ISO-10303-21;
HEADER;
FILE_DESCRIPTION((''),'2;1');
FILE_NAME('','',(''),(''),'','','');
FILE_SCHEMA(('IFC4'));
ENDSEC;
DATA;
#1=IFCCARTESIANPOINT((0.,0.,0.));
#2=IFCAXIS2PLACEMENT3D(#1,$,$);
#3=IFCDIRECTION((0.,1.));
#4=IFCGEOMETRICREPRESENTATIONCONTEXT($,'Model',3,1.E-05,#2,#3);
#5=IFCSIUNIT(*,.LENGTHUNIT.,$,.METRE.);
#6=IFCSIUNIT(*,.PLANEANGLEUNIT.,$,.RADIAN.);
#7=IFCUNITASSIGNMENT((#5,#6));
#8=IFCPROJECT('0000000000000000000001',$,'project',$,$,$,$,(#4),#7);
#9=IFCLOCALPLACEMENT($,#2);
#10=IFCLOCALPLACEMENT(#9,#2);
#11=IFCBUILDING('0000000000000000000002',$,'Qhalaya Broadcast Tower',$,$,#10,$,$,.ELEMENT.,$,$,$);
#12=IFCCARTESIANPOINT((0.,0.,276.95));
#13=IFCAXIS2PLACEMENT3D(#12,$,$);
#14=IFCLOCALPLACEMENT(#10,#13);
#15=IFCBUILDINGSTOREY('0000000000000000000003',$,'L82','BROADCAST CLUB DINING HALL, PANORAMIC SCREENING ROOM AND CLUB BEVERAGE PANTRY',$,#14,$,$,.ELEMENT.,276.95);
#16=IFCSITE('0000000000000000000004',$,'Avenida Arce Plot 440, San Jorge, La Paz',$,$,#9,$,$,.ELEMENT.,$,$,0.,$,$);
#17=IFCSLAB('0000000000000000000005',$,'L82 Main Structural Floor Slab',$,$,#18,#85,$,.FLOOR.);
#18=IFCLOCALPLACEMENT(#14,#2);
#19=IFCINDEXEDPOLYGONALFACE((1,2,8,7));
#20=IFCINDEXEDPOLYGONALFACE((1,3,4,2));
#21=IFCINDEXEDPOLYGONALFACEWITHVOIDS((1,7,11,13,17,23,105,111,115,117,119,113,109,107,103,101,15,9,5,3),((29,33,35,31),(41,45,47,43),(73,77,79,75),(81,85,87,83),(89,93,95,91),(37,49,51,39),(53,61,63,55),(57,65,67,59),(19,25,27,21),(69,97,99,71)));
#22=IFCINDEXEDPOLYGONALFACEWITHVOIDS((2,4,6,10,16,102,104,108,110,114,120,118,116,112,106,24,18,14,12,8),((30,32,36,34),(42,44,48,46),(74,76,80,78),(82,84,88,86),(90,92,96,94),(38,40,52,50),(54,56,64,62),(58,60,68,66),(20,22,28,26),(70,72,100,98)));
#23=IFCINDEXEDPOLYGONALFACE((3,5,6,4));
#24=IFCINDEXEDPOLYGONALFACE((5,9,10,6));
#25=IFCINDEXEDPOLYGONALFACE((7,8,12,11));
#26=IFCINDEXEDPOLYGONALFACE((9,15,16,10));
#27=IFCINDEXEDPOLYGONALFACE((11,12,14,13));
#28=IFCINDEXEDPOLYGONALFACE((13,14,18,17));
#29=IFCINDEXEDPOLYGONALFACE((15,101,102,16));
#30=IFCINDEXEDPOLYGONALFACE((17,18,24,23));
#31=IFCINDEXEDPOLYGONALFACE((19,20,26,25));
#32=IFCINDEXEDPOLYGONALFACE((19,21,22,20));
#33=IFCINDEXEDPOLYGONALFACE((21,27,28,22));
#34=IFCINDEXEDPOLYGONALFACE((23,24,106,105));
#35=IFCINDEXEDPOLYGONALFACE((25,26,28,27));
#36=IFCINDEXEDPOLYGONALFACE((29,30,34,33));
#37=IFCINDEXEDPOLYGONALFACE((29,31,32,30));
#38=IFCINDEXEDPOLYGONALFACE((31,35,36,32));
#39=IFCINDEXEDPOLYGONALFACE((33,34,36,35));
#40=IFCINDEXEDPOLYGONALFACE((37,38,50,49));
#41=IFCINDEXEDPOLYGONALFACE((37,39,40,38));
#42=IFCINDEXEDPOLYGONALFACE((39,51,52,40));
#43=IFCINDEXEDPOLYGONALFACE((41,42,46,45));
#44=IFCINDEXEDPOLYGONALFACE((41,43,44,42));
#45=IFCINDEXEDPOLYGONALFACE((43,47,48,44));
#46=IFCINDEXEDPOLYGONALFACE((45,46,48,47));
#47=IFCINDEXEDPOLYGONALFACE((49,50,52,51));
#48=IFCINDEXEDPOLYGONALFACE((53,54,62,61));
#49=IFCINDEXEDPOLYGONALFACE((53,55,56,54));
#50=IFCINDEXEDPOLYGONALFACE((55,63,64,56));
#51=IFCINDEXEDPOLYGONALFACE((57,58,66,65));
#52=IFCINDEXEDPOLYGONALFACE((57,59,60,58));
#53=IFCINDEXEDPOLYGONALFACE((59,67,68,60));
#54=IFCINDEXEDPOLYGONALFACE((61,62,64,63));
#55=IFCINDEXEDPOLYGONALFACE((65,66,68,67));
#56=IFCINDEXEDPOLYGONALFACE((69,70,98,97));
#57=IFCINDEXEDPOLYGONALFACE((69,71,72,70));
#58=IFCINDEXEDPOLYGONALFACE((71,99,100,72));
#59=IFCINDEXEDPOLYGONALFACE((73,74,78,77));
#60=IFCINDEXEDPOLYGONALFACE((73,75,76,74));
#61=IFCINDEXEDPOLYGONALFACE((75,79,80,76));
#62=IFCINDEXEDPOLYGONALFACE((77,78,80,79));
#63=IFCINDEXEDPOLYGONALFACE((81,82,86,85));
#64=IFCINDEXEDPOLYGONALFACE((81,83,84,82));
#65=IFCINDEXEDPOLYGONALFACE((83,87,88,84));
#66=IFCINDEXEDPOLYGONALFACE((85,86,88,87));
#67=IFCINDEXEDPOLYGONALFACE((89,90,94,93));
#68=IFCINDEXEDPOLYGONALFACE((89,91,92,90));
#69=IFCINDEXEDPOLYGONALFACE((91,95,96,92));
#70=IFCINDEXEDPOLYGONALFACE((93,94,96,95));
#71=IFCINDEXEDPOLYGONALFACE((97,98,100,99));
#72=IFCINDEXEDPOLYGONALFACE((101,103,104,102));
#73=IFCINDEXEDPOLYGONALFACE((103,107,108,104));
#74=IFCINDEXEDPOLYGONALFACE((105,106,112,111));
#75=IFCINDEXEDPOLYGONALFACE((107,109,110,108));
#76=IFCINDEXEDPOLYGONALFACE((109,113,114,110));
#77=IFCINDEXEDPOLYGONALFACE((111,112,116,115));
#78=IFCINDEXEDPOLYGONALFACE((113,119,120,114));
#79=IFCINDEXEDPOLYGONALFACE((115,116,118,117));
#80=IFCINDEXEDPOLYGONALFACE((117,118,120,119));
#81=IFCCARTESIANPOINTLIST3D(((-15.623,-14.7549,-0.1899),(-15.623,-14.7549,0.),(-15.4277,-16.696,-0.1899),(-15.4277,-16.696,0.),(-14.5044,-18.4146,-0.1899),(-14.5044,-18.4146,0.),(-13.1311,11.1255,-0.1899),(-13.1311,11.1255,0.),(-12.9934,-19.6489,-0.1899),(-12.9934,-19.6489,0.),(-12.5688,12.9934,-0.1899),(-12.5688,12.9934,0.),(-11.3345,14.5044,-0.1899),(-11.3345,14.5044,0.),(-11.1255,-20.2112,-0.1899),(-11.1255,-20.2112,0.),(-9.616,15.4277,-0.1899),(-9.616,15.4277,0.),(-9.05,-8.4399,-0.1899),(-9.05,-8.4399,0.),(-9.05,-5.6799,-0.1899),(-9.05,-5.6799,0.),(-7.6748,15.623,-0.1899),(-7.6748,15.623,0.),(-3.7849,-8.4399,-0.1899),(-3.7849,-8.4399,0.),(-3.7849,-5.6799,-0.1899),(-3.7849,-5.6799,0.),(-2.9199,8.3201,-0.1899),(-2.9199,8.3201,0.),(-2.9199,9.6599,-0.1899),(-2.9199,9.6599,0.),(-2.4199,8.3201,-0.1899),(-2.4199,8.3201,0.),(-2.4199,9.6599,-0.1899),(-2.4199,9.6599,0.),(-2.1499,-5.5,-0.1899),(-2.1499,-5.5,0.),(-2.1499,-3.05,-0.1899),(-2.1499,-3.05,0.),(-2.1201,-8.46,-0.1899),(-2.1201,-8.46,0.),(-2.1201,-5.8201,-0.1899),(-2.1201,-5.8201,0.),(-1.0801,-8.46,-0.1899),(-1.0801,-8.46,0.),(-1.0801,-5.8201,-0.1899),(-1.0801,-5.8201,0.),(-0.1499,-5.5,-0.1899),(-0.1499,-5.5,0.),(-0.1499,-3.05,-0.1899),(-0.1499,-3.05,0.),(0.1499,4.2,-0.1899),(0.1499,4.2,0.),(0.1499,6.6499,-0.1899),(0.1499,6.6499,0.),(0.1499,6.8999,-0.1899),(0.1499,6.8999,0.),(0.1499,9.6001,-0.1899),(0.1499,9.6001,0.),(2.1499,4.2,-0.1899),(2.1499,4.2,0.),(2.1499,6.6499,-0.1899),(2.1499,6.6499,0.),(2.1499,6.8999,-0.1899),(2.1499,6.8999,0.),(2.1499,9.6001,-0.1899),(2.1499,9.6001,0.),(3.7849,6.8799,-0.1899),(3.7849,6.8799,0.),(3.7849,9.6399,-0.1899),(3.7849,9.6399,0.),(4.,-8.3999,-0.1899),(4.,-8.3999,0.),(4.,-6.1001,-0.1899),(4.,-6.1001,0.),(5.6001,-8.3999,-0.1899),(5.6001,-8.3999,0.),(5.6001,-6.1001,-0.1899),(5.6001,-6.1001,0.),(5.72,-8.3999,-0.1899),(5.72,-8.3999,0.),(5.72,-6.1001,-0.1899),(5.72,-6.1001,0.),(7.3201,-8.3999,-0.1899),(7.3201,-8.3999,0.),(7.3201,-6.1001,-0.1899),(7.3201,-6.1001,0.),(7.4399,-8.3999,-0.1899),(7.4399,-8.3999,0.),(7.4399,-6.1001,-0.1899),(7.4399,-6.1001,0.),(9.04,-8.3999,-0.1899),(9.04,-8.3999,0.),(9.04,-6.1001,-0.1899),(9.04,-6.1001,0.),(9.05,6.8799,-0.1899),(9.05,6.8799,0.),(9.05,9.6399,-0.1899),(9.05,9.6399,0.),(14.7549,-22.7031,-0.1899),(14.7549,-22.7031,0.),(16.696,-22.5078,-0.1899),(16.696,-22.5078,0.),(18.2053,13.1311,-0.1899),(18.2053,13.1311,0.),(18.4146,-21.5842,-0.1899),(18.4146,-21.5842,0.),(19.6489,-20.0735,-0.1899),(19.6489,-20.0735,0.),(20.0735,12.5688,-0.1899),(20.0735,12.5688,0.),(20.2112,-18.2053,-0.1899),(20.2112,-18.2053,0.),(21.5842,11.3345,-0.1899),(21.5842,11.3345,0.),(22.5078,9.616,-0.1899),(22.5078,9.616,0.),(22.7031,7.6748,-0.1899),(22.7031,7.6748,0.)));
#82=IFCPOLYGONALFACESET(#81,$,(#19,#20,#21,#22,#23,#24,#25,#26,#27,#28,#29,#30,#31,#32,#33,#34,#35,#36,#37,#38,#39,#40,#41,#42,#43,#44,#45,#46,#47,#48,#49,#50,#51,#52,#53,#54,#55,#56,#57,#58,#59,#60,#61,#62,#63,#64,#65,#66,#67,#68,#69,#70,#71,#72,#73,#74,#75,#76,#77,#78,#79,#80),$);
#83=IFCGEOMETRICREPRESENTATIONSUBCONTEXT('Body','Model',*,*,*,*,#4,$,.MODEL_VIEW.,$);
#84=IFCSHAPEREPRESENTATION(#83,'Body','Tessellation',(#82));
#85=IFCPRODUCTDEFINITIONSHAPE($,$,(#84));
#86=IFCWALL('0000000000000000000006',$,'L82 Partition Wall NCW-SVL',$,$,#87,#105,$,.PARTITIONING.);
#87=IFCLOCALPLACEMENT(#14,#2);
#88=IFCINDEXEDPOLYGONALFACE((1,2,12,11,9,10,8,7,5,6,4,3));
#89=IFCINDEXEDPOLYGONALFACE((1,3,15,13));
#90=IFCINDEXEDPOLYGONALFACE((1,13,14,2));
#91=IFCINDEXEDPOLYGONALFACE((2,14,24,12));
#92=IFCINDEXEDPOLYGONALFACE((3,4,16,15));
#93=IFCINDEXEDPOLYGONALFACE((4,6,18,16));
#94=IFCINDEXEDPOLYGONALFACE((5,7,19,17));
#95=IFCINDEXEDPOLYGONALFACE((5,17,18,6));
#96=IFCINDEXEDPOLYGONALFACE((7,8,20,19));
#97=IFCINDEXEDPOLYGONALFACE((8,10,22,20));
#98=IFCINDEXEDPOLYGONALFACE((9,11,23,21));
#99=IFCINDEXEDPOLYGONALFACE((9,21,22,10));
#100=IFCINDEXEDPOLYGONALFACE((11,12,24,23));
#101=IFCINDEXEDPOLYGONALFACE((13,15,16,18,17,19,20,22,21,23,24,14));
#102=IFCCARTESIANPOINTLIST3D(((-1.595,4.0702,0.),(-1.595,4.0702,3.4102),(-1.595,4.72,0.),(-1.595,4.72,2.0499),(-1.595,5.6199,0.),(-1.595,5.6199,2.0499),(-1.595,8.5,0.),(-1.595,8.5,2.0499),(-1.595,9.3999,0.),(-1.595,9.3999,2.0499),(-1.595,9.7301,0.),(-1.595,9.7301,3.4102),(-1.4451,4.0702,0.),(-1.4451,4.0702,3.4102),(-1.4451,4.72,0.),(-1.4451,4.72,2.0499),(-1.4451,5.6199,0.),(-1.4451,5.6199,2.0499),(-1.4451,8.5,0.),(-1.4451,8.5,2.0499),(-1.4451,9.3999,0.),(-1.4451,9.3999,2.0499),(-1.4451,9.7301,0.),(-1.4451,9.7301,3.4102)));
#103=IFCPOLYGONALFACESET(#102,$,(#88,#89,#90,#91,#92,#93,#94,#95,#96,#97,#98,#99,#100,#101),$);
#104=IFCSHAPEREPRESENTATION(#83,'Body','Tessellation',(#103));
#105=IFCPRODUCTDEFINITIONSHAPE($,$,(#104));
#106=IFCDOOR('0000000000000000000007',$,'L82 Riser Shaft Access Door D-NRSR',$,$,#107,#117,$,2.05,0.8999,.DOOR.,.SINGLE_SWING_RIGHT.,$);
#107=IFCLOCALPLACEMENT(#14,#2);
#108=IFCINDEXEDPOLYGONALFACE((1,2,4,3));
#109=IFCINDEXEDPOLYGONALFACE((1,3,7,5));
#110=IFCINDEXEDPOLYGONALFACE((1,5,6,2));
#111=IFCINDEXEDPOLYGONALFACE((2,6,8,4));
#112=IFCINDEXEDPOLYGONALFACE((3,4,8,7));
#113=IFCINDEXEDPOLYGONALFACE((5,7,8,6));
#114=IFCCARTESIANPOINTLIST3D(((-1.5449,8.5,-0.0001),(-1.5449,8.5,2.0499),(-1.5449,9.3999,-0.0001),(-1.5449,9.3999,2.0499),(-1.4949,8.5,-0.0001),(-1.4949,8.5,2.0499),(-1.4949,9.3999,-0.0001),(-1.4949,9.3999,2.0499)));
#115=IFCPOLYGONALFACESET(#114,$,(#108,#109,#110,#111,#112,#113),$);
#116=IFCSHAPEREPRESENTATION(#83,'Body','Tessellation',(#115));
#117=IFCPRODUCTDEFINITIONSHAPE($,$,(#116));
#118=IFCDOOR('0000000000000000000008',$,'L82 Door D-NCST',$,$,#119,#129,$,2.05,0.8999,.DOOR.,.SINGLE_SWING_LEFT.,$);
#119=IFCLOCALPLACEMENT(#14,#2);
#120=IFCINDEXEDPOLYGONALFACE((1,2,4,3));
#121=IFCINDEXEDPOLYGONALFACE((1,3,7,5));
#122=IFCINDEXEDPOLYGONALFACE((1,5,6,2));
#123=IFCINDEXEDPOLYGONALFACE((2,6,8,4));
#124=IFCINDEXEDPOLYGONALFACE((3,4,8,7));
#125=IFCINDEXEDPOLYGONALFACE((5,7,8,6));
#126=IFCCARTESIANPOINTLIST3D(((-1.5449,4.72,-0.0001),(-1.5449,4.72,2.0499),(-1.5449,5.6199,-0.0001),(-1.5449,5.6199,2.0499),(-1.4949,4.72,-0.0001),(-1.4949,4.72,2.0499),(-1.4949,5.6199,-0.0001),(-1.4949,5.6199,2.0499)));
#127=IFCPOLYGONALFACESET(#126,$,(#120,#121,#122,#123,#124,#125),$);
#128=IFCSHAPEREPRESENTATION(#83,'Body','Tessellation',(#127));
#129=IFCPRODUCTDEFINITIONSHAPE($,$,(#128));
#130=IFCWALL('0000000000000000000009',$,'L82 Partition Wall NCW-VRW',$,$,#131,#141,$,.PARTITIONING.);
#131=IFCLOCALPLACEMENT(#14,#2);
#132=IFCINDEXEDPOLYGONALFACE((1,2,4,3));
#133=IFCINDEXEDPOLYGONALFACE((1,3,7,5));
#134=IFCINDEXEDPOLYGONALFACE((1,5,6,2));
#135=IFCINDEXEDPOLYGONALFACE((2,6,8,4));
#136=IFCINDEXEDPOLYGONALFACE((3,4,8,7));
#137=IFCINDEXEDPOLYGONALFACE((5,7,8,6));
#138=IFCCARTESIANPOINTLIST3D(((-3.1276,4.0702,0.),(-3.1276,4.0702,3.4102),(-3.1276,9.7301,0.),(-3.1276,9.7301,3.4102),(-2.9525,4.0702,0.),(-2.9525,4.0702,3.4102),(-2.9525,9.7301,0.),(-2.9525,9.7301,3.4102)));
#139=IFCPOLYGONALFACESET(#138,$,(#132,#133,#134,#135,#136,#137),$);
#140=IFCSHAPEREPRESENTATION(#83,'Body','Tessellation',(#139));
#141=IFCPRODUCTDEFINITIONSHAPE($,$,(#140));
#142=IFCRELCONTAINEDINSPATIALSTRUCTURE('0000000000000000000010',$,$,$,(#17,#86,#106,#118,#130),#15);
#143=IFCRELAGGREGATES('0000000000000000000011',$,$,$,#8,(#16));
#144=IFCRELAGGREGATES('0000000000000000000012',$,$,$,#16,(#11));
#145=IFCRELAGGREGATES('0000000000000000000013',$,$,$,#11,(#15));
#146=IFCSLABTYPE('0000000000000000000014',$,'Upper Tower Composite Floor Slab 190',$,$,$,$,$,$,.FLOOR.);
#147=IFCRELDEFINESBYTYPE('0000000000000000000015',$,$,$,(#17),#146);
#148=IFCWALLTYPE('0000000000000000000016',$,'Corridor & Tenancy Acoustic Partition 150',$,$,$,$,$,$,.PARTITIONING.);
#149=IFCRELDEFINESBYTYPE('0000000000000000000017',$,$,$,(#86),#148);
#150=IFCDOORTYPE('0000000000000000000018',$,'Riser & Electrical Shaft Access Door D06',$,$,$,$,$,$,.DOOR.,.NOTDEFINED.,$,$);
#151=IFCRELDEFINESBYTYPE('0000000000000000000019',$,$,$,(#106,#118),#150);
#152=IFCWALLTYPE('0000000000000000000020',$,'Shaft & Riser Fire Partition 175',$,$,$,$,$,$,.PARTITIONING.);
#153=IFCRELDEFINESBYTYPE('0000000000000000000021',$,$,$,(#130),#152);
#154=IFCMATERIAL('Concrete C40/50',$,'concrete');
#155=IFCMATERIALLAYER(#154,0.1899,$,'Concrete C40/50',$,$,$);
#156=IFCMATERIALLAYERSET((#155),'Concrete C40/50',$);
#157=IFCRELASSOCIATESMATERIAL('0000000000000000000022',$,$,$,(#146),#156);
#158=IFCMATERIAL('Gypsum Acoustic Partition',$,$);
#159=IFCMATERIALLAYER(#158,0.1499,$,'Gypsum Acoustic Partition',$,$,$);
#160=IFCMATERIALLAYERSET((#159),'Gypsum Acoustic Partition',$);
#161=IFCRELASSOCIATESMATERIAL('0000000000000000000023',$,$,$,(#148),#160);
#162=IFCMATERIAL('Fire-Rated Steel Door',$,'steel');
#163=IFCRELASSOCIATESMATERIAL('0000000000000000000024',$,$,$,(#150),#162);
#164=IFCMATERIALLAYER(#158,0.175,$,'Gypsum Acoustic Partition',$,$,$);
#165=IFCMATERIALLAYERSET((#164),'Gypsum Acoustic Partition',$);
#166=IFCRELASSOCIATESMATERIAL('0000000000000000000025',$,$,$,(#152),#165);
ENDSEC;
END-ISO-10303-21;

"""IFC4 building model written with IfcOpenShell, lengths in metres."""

from ifc_helpers import new_model, si_unit, direction, frame, frame_2d, origin, place, context, subcontext, project, spatial, polyline, rectangle, outline, extrude, material, layer, layer_set, type_object, element, fill, save


model = new_model("IFC4")

# Units and contexts
model_context = context("Model", 3, precision=1e-05, world=origin(), true_north=direction((0.0, 1.0)))
body_context = subcontext(model_context, "Body", "Model", "MODEL_VIEW")
ifc_project = project(units=[si_unit("LENGTHUNIT", "METRE"), si_unit("PLANEANGLEUNIT", "RADIAN")], contexts=[model_context])

# Site, building, storey
site_placement = place(None, origin())
site = spatial("IfcSite", under=ifc_project, at=site_placement, Name="Avenida Arce Plot 440, San Jorge, La Paz", CompositionType="ELEMENT", RefElevation=0.0)
building_placement = place(site_placement, origin())
building = spatial("IfcBuilding", under=site, at=building_placement, Name="Qhalaya Broadcast Tower", CompositionType="ELEMENT")
storey_placement = place(building_placement, frame((0.0, 0.0, 276.95)))
storey = spatial("IfcBuildingStorey", under=building, at=storey_placement, Name="L82", Description="BROADCAST CLUB DINING HALL, PANORAMIC SCREENING ROOM AND CLUB BEVERAGE PANTRY", CompositionType="ELEMENT", Elevation=276.95)

# Shared definitions
ifc_material_1 = material(Name="Concrete C40/50", Category="concrete")

# Slab
ifc_layer_1 = layer(ifc_material_1, 0.1899, Name="Concrete C40/50")
ifc_layer_set_1 = layer_set([ifc_layer_1], Name="Concrete C40/50")
slab_type_1 = type_object("IfcSlabType", Name="Upper Tower Composite Floor Slab 190", PredefinedType="FLOOR", material=ifc_layer_set_1)
slab_1_placement = place(storey_placement, frame((0.0, 0.0, -0.1899)))
element("IfcSlab", 1, at=slab_1_placement, inside=storey, type_object=slab_type_1, Name="L82 Main Structural Floor Slab", PredefinedType="FLOOR", context=body_context, shape_type="SweptSolid", body=[
    extrude(outline(polyline([(14.7549, -22.7031), (16.696, -22.5078), (18.4146, -21.5842), (19.6489, -20.0735), (20.2112, -18.2053), (22.7031, 7.6748), (22.5078, 9.616), (21.5842, 11.3345), (20.0735, 12.5688), (18.2053, 13.1311), (-7.6748, 15.623), (-9.616, 15.4277), (-11.3345, 14.5044), (-12.5688, 12.9934), (-13.1311, 11.1255), (-15.623, -14.7549), (-15.4277, -16.696), (-14.5044, -18.4146), (-12.9934, -19.6489), (-11.1255, -20.2112), (14.7549, -22.7031)]), holes=[polyline([(3.7849, 9.6399), (9.05, 9.6399), (9.05, 6.8799), (3.7849, 6.8799), (3.7849, 9.6399)]), polyline([(-3.7849, -8.4399), (-9.05, -8.4399), (-9.05, -5.6799), (-3.7849, -5.6799), (-3.7849, -8.4399)]), polyline([(0.1499, 6.6499), (2.1499, 6.6499), (2.1499, 4.2), (0.1499, 4.2), (0.1499, 6.6499)]), polyline([(0.1499, 9.6001), (2.1499, 9.6001), (2.1499, 6.8999), (0.1499, 6.8999), (0.1499, 9.6001)]), polyline([(-2.1499, -3.05), (-0.1499, -3.05), (-0.1499, -5.5), (-2.1499, -5.5), (-2.1499, -3.05)]), polyline([(4.0, -6.1001), (5.6001, -6.1001), (5.6001, -8.3999), (4.0, -8.3999), (4.0, -6.1001)]), polyline([(5.72, -6.1001), (7.3201, -6.1001), (7.3201, -8.3999), (5.72, -8.3999), (5.72, -6.1001)]), polyline([(7.4399, -6.1001), (9.04, -6.1001), (9.04, -8.3999), (7.4399, -8.3999), (7.4399, -6.1001)]), polyline([(-2.9199, 9.6599), (-2.4199, 9.6599), (-2.4199, 8.3201), (-2.9199, 8.3201), (-2.9199, 9.6599)]), polyline([(-2.1201, -5.8201), (-1.0801, -5.8201), (-1.0801, -8.46), (-2.1201, -8.46), (-2.1201, -5.8201)])]), origin(), (0.0, 0.0, 1.0), 0.1899),
])

# Wall, openings, doors
ifc_material_2 = material(Name="Gypsum Acoustic Partition")
ifc_layer_2 = layer(ifc_material_2, 0.1499, Name="Gypsum Acoustic Partition")
ifc_layer_set_2 = layer_set([ifc_layer_2], Name="Gypsum Acoustic Partition")
wall_type_1 = type_object("IfcWallType", Name="Corridor & Tenancy Acoustic Partition 150", PredefinedType="PARTITIONING", material=ifc_layer_set_2)
wall_1_placement = place(storey_placement, frame((-1.52, 4.0701, 0.0), z_axis=(0.0, 0.0, 1.0), x_axis=(0.0, 1.0, 0.0)))
wall_1 = element("IfcWall", 2, at=wall_1_placement, inside=storey, type_object=wall_type_1, Name="L82 Partition Wall NCW-SVL", PredefinedType="PARTITIONING", context=body_context, shape_type="SweptSolid", body=[
    extrude(rectangle(XDim=5.6599, YDim=0.1499, at=frame_2d((2.8301, 0.0))), origin(), (0.0, 0.0, 1.0), 3.4102),
])
opening_1_placement = place(wall_1_placement, frame((4.4299, 0.0, 0.0)))
opening_1 = element("IfcOpeningElement", 3, at=opening_1_placement, cuts=wall_1, PredefinedType="OPENING", context=body_context, shape_type="SweptSolid", body=[
    extrude(rectangle(XDim=0.8999, YDim=2.05, at=frame_2d((0.45, 1.0249))), frame((0.0, 0.0869, 0.0), z_axis=(0.0, -1.0, 0.0), x_axis=(1.0, 0.0, 0.0)), (0.0, 0.0, 1.0), 0.1738),
])
opening_2_placement = place(wall_1_placement, frame((0.6499, 0.0, 0.0)))
opening_2 = element("IfcOpeningElement", 4, at=opening_2_placement, cuts=wall_1, PredefinedType="OPENING", context=body_context, shape_type="SweptSolid", body=[
    extrude(rectangle(XDim=0.8999, YDim=2.05, at=frame_2d((0.45, 1.0249))), frame((0.0, 0.0869, 0.0), z_axis=(0.0, -1.0, 0.0), x_axis=(1.0, 0.0, 0.0)), (0.0, 0.0, 1.0), 0.1738),
])
ifc_material_3 = material(Name="Fire-Rated Steel Door", Category="steel")
door_type_1 = type_object("IfcDoorType", Name="Riser & Electrical Shaft Access Door D06", OperationType="NOTDEFINED", PredefinedType="DOOR", material=ifc_material_3)
door_1_placement = place(opening_1_placement, origin())
door_1 = element("IfcDoor", 5, at=door_1_placement, inside=storey, type_object=door_type_1, Name="L82 Riser Shaft Access Door D-NRSR", OperationType="SINGLE_SWING_RIGHT", OverallHeight=2.05, OverallWidth=0.8999, PredefinedType="DOOR", context=body_context, shape_type="SweptSolid", body=[
    extrude(rectangle(XDim=0.8999, YDim=2.05, at=frame_2d((0.45, 1.0249))), frame((0.0, 0.0249, 0.0), z_axis=(0.0, -1.0, 0.0), x_axis=(1.0, 0.0, 0.0)), (0.0, 0.0, 1.0), 0.05),
])
fill(opening_1, door_1)
door_2_placement = place(opening_2_placement, origin())
door_2 = element("IfcDoor", 6, at=door_2_placement, inside=storey, type_object=door_type_1, Name="L82 Door D-NCST", OperationType="SINGLE_SWING_LEFT", OverallHeight=2.05, OverallWidth=0.8999, PredefinedType="DOOR", context=body_context, shape_type="SweptSolid", body=[
    extrude(rectangle(XDim=0.8999, YDim=2.05, at=frame_2d((0.45, 1.0249))), frame((0.0, 0.0249, 0.0), z_axis=(0.0, -1.0, 0.0), x_axis=(1.0, 0.0, 0.0)), (0.0, 0.0, 1.0), 0.05),
])
fill(opening_2, door_2)

# Shared definitions
ifc_layer_3 = layer(ifc_material_2, 0.175, Name="Gypsum Acoustic Partition")
ifc_layer_set_3 = layer_set([ifc_layer_3], Name="Gypsum Acoustic Partition")
wall_type_2 = type_object("IfcWallType", Name="Shaft & Riser Fire Partition 175", PredefinedType="PARTITIONING", material=ifc_layer_set_3)

# Wall
wall_2_placement = place(storey_placement, frame((-3.04, 4.0701, 0.0), z_axis=(0.0, 0.0, 1.0), x_axis=(0.0, 1.0, 0.0)))
element("IfcWall", 7, at=wall_2_placement, inside=storey, type_object=wall_type_2, Name="L82 Partition Wall NCW-VRW", PredefinedType="PARTITIONING", context=body_context, shape_type="SweptSolid", body=[
    extrude(rectangle(XDim=5.6599, YDim=0.175, at=frame_2d((2.8301, 0.0))), origin(), (0.0, 0.0, 1.0), 3.4102),
])

save(model, "model.ifc")
